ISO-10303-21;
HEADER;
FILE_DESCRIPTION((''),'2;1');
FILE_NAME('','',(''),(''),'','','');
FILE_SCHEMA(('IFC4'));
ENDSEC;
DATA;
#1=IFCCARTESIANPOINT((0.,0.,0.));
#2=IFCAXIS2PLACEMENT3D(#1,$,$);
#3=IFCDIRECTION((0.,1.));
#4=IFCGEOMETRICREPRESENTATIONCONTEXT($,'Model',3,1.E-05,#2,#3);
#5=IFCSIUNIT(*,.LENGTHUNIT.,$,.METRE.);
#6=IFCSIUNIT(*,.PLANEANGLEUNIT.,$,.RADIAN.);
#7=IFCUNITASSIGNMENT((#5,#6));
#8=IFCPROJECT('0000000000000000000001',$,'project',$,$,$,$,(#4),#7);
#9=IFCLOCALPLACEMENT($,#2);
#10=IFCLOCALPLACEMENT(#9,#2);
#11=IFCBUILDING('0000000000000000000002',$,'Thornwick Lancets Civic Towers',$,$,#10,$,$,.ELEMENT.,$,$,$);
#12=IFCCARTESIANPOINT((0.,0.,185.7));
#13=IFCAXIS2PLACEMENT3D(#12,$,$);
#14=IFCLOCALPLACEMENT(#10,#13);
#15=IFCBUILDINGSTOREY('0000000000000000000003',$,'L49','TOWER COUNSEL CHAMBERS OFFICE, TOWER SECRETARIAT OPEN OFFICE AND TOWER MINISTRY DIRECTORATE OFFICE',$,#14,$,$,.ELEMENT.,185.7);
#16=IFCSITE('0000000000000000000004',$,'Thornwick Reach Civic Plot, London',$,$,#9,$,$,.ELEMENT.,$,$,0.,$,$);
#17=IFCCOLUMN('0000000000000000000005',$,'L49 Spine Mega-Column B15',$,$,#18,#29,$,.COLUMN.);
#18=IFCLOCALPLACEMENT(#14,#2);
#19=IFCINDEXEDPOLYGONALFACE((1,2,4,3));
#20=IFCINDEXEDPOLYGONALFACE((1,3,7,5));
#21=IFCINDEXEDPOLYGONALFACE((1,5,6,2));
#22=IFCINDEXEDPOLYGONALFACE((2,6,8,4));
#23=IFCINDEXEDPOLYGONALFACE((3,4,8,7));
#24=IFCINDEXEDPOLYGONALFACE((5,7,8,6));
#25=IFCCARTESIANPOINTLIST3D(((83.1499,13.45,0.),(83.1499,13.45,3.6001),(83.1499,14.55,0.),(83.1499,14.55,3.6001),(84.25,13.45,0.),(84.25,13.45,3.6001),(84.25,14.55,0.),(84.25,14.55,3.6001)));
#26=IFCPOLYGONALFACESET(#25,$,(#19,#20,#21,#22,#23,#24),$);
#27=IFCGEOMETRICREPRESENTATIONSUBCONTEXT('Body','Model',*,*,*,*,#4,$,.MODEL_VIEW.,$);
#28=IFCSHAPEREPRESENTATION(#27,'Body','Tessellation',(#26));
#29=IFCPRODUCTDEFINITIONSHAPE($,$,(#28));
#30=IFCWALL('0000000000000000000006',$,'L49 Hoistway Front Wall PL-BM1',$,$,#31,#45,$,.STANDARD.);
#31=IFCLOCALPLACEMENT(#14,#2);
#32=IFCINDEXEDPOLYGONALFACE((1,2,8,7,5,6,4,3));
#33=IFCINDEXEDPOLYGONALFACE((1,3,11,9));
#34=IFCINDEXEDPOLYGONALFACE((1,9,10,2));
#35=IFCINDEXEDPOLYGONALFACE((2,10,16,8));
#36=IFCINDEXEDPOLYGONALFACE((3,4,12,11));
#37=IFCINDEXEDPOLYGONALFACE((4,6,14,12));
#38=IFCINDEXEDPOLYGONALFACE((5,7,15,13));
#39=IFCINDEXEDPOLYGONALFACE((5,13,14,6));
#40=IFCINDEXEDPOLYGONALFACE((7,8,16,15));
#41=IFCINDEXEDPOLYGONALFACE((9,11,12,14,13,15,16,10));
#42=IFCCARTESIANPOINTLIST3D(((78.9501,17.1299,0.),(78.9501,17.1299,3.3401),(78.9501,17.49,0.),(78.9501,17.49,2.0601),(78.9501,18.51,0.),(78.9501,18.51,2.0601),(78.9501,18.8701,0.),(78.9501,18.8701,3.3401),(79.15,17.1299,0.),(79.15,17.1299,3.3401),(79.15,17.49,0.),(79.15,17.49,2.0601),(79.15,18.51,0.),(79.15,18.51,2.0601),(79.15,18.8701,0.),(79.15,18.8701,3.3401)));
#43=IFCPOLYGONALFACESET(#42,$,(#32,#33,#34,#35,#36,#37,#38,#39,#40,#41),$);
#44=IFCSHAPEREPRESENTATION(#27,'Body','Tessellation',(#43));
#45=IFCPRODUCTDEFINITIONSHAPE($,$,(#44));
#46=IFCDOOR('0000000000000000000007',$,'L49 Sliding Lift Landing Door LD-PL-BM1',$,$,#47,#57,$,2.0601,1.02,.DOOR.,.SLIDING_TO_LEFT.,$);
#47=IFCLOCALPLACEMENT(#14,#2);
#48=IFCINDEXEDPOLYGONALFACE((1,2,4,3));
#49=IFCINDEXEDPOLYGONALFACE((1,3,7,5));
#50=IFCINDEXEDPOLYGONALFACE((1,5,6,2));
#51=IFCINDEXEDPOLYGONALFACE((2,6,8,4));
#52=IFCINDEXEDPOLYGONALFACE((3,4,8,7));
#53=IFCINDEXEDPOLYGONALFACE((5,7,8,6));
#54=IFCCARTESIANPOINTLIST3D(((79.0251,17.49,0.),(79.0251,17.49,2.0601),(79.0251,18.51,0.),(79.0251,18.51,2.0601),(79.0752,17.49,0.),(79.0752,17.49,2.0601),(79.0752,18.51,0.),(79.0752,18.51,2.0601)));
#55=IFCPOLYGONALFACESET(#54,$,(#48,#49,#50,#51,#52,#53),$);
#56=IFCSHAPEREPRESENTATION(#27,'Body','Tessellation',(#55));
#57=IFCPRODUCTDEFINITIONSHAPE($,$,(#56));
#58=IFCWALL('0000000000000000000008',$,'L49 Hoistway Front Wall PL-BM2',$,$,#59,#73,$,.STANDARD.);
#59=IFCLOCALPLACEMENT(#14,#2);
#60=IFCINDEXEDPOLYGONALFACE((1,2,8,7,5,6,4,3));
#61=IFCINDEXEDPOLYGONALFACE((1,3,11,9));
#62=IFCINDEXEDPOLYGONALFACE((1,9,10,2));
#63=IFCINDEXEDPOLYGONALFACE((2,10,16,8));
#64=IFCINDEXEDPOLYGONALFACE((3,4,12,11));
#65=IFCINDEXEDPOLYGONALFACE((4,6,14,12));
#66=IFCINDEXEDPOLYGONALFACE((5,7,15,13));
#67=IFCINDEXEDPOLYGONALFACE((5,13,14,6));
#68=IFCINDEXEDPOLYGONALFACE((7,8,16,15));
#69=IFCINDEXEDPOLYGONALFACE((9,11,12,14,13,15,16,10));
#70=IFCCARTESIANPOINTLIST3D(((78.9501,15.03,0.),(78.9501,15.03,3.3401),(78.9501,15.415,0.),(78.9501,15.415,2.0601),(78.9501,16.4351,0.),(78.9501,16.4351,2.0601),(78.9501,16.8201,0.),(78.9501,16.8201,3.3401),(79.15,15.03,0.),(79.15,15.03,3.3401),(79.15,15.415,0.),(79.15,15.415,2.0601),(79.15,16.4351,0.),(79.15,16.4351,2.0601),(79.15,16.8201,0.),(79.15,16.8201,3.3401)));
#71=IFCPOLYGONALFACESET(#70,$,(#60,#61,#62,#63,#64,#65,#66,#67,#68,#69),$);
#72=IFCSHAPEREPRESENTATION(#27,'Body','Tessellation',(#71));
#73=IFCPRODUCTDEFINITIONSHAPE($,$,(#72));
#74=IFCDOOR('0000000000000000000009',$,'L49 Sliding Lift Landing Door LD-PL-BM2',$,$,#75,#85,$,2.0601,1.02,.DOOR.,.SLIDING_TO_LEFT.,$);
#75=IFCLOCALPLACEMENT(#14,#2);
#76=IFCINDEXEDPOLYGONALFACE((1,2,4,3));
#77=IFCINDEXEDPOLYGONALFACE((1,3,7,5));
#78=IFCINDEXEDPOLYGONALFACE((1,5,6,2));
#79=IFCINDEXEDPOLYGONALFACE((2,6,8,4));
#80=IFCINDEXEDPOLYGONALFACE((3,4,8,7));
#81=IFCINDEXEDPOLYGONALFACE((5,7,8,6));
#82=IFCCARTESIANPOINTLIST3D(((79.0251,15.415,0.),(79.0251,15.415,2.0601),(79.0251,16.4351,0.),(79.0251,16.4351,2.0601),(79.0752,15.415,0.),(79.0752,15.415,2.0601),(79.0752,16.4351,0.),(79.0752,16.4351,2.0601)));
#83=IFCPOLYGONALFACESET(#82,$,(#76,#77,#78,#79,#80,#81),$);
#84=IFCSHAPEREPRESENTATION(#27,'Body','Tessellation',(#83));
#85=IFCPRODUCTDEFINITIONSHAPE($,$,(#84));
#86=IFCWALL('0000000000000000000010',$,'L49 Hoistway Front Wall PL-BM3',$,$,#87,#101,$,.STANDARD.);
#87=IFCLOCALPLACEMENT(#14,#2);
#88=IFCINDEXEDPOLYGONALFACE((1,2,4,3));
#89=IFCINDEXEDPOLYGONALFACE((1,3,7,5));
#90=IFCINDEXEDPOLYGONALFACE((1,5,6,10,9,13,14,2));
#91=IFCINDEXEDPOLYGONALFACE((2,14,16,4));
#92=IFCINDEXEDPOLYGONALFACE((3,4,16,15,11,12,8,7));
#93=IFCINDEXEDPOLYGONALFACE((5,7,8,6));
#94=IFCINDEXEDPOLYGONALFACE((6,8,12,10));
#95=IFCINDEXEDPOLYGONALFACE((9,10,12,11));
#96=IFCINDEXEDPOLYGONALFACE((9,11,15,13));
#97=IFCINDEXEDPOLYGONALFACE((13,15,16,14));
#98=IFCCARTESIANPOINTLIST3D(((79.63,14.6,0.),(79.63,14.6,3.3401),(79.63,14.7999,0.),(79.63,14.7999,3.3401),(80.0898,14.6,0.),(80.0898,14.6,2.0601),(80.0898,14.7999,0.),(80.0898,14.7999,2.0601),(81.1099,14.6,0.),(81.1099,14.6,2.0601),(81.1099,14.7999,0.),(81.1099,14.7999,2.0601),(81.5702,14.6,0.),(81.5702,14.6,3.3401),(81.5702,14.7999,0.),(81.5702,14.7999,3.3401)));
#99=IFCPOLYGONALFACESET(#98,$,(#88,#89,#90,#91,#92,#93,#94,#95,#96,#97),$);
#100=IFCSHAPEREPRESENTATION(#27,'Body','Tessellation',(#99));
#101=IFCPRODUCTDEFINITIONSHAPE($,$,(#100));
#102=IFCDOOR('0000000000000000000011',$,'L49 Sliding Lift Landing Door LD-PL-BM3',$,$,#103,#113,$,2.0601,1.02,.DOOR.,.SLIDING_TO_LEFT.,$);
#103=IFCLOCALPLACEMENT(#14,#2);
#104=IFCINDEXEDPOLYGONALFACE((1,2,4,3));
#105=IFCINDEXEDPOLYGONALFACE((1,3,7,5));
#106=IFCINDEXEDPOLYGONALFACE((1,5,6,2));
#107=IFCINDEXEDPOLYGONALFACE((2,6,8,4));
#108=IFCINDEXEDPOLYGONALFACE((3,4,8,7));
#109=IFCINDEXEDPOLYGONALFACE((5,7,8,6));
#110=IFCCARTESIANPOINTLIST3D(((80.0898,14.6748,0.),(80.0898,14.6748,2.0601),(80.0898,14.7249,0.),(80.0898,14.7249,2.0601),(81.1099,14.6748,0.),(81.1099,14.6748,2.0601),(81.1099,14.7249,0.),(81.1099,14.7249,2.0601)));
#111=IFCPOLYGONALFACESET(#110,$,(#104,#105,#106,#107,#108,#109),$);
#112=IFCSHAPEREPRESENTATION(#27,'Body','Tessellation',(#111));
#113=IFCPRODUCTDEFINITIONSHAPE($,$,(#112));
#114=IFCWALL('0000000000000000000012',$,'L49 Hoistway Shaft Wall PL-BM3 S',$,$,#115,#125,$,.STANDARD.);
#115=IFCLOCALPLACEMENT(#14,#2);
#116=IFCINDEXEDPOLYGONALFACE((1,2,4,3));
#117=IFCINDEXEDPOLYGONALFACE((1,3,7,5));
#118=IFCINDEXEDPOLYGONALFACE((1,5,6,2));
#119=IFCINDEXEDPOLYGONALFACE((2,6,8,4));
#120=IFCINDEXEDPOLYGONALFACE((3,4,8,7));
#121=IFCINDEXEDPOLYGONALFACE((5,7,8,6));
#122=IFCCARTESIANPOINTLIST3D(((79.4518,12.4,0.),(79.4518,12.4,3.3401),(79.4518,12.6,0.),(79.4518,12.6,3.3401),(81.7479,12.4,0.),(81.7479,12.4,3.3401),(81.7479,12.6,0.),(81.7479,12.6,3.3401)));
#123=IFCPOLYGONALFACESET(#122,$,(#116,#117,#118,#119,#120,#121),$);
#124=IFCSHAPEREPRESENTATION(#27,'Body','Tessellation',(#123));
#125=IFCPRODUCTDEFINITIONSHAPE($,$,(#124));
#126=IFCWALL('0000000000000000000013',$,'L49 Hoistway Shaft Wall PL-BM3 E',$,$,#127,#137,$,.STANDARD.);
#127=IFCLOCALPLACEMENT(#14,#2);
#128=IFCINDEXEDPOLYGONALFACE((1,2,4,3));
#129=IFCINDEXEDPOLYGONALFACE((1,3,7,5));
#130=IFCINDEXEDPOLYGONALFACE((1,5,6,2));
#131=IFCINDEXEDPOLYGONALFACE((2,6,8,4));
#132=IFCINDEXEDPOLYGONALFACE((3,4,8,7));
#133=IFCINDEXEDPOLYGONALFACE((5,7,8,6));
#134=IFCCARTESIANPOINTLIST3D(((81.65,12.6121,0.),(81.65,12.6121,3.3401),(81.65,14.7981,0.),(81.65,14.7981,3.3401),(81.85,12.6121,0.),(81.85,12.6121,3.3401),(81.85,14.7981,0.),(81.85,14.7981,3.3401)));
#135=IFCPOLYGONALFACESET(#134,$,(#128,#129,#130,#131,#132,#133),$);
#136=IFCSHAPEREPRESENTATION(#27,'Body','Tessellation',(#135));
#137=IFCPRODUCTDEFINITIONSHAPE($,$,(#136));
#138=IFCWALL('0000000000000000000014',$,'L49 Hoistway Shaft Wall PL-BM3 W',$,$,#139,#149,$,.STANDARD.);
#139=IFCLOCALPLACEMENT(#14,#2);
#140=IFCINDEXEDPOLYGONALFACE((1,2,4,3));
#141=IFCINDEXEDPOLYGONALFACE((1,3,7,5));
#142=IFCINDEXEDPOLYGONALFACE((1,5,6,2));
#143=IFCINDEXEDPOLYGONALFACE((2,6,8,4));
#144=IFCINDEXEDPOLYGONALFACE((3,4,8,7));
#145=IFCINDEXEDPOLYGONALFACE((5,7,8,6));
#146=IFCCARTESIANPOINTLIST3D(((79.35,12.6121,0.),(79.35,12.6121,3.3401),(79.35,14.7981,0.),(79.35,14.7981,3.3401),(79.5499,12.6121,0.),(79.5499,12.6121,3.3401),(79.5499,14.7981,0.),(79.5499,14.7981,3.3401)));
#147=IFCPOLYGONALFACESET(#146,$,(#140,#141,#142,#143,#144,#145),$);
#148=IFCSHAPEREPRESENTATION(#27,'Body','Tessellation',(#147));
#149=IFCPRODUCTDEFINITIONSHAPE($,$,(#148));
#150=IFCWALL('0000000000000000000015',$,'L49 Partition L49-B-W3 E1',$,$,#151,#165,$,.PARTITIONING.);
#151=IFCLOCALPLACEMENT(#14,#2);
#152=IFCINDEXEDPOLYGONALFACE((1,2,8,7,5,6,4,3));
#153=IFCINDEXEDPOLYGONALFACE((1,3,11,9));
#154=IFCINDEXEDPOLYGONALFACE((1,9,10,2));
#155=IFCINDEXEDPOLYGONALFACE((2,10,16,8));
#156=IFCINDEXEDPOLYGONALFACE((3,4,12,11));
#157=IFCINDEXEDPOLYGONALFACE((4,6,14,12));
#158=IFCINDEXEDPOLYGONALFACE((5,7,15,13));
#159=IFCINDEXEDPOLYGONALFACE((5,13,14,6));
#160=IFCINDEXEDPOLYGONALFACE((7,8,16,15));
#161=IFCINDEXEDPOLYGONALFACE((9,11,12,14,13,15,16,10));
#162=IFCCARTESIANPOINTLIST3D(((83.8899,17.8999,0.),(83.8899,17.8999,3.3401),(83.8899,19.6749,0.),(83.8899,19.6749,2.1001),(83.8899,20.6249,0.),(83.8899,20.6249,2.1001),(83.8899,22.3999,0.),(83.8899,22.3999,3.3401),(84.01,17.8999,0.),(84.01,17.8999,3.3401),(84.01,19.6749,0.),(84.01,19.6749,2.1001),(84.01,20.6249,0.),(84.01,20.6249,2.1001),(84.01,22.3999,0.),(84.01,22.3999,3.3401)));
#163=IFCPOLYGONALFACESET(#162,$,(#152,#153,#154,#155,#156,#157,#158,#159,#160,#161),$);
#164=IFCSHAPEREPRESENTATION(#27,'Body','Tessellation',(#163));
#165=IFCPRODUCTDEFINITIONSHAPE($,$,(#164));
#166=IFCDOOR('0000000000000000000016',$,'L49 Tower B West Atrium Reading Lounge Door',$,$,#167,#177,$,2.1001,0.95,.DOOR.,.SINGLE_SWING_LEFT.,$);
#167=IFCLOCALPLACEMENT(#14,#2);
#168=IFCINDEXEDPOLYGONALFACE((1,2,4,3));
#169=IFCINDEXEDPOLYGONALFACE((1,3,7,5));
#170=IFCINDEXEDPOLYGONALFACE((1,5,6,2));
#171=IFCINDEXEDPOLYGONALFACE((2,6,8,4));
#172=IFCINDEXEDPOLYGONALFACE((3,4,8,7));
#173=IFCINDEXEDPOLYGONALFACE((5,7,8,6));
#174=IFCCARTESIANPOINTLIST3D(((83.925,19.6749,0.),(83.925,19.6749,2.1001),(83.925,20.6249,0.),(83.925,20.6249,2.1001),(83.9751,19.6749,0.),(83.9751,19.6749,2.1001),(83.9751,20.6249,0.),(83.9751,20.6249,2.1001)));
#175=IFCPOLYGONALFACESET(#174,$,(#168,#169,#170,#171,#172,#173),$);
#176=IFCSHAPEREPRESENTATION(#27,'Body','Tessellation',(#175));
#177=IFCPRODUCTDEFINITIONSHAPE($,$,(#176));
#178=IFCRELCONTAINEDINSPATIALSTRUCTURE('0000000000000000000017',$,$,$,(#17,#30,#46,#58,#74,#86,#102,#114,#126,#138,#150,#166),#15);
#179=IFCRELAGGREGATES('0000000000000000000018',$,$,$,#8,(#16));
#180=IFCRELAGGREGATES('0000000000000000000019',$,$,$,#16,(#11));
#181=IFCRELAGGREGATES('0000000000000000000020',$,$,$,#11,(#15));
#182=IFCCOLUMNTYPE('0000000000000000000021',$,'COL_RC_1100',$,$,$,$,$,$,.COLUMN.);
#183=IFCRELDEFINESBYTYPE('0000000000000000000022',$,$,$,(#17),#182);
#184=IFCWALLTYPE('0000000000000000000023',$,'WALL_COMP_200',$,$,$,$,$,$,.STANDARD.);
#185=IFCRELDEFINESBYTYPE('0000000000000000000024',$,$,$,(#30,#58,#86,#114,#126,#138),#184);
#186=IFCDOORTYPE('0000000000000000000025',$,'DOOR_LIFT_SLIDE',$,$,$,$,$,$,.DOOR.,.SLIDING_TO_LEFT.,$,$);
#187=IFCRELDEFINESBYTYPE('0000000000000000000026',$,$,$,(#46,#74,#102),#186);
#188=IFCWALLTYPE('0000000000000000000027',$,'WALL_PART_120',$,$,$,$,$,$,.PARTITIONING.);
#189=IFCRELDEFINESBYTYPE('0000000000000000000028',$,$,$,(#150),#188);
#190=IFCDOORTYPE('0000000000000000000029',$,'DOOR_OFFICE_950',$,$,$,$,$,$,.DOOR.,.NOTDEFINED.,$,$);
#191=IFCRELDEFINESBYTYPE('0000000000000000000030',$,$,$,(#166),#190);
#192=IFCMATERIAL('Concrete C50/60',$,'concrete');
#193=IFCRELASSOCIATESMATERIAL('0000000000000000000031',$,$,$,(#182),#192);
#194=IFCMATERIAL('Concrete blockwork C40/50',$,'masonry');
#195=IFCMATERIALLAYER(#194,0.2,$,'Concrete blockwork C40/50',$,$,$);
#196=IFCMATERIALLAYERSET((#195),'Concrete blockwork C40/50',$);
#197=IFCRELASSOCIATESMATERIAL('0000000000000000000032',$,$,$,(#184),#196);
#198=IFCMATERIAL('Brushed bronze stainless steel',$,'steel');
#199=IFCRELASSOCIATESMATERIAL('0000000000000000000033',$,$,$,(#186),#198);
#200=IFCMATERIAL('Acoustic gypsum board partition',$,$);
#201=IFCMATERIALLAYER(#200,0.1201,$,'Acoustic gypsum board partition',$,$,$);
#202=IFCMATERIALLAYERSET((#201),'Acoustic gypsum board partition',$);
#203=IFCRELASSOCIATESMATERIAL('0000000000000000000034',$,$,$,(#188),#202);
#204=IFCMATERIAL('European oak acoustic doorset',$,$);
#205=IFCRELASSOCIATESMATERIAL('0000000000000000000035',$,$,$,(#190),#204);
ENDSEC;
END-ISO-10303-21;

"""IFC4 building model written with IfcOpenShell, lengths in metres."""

from ifc_helpers import new_model, si_unit, direction, frame, frame_2d, origin, origin_2d, place, context, subcontext, project, spatial, rectangle, extrude, material, layer, layer_set, material_profile, profile_set, type_object, element, fill, save


model = new_model("IFC4")

# Units and contexts
model_context = context("Model", 3, precision=1e-05, world=origin(), true_north=direction((0.0, 1.0)))
body_context = subcontext(model_context, "Body", "Model", "MODEL_VIEW")
ifc_project = project(units=[si_unit("LENGTHUNIT", "METRE"), si_unit("PLANEANGLEUNIT", "RADIAN")], contexts=[model_context])

# Site, building, storey
site_placement = place(None, origin())
site = spatial("IfcSite", under=ifc_project, at=site_placement, Name="Thornwick Reach Civic Plot, London", CompositionType="ELEMENT", RefElevation=0.0)
building_placement = place(site_placement, origin())
building = spatial("IfcBuilding", under=site, at=building_placement, Name="Thornwick Lancets Civic Towers", CompositionType="ELEMENT")
storey_placement = place(building_placement, frame((0.0, 0.0, 185.7)))
storey = spatial("IfcBuildingStorey", under=building, at=storey_placement, Name="L49", Description="TOWER COUNSEL CHAMBERS OFFICE, TOWER SECRETARIAT OPEN OFFICE AND TOWER MINISTRY DIRECTORATE OFFICE", CompositionType="ELEMENT", Elevation=185.7)

# Column
ifc_material_1 = material(Name="Concrete C50/60", Category="concrete")
ifc_material_profile = material_profile(ifc_material_1, rectangle(XDim=1.1001, YDim=1.1001, at=origin_2d()), Name="RC 1100x1100")
ifc_profile_set = profile_set([ifc_material_profile], Name="Concrete C50/60")
column_type = type_object("IfcColumnType", Name="COL_RC_1100", PredefinedType="COLUMN", material=ifc_profile_set)
column_placement = place(storey_placement, frame((83.7, 14.0, 0.0), z_axis=(0.0, 0.0, 1.0), x_axis=(1.0, 0.0, 0.0)))
element("IfcColumn", 1, at=column_placement, inside=storey, type_object=column_type, Name="L49 Spine Mega-Column B15", PredefinedType="COLUMN", context=body_context, shape_type="SweptSolid", body=[
    extrude(rectangle(XDim=1.1001, YDim=1.1001, at=origin_2d()), origin(), (0.0, 0.0, 1.0), 3.6001),
])

# Walls, openings, doors
ifc_material_2 = material(Name="Concrete blockwork C40/50", Category="masonry")
ifc_layer_1 = layer(ifc_material_2, 0.2, Name="Concrete blockwork C40/50")
ifc_layer_set_1 = layer_set([ifc_layer_1], Name="Concrete blockwork C40/50")
wall_type_1 = type_object("IfcWallType", Name="WALL_COMP_200", PredefinedType="STANDARD", material=ifc_layer_set_1)
wall_1_placement = place(storey_placement, frame((79.05, 17.1299, 0.0), z_axis=(0.0, 0.0, 1.0), x_axis=(0.0, 1.0, 0.0)))
wall_1 = element("IfcWall", 2, at=wall_1_placement, inside=storey, type_object=wall_type_1, Name="L49 Hoistway Front Wall PL-BM1", PredefinedType="STANDARD", context=body_context, shape_type="SweptSolid", body=[
    extrude(rectangle(XDim=1.7402, YDim=0.2, at=frame_2d((0.8701, 0.0))), origin(), (0.0, 0.0, 1.0), 3.3401),
])
opening_1_placement = place(wall_1_placement, frame((0.3601, 0.0, 0.0)))
opening_1 = element("IfcOpeningElement", 3, at=opening_1_placement, cuts=wall_1, PredefinedType="OPENING", context=body_context, shape_type="SweptSolid", body=[
    extrude(rectangle(XDim=1.02, YDim=2.0601, at=frame_2d((0.51, 1.03))), frame((0.0, 0.1099, 0.0), z_axis=(0.0, -1.0, 0.0), x_axis=(1.0, 0.0, 0.0)), (0.0, 0.0, 1.0), 0.22),
])
ifc_material_3 = material(Name="Brushed bronze stainless steel", Category="steel")
door_type_1 = type_object("IfcDoorType", Name="DOOR_LIFT_SLIDE", OperationType="SLIDING_TO_LEFT", PredefinedType="DOOR", material=ifc_material_3)
door_1_placement = place(opening_1_placement, origin())
door_1 = element("IfcDoor", 4, at=door_1_placement, inside=storey, type_object=door_type_1, Name="L49 Sliding Lift Landing Door LD-PL-BM1", OperationType="SLIDING_TO_LEFT", OverallHeight=2.0601, OverallWidth=1.02, PredefinedType="DOOR", context=body_context, shape_type="SweptSolid", body=[
    extrude(rectangle(XDim=1.02, YDim=2.0601, at=frame_2d((0.51, 1.03))), frame((0.0, 0.0249, 0.0), z_axis=(0.0, -1.0, 0.0), x_axis=(1.0, 0.0, 0.0)), (0.0, 0.0, 1.0), 0.05),
])
fill(opening_1, door_1)
wall_2_placement = place(storey_placement, frame((79.05, 15.03, 0.0), z_axis=(0.0, 0.0, 1.0), x_axis=(0.0, 1.0, 0.0)))
wall_2 = element("IfcWall", 5, at=wall_2_placement, inside=storey, type_object=wall_type_1, Name="L49 Hoistway Front Wall PL-BM2", PredefinedType="STANDARD", context=body_context, shape_type="SweptSolid", body=[
    extrude(rectangle(XDim=1.79, YDim=0.2, at=frame_2d((0.895, 0.0))), origin(), (0.0, 0.0, 1.0), 3.3401),
])
opening_2_placement = place(wall_2_placement, frame((0.385, 0.0, 0.0)))
opening_2 = element("IfcOpeningElement", 6, at=opening_2_placement, cuts=wall_2, PredefinedType="OPENING", context=body_context, shape_type="SweptSolid", body=[
    extrude(rectangle(XDim=1.02, YDim=2.0601, at=frame_2d((0.51, 1.03))), frame((0.0, 0.1099, 0.0), z_axis=(0.0, -1.0, 0.0), x_axis=(1.0, 0.0, 0.0)), (0.0, 0.0, 1.0), 0.22),
])
door_2_placement = place(opening_2_placement, origin())
door_2 = element("IfcDoor", 7, at=door_2_placement, inside=storey, type_object=door_type_1, Name="L49 Sliding Lift Landing Door LD-PL-BM2", OperationType="SLIDING_TO_LEFT", OverallHeight=2.0601, OverallWidth=1.02, PredefinedType="DOOR", context=body_context, shape_type="SweptSolid", body=[
    extrude(rectangle(XDim=1.02, YDim=2.0601, at=frame_2d((0.51, 1.03))), frame((0.0, 0.0249, 0.0), z_axis=(0.0, -1.0, 0.0), x_axis=(1.0, 0.0, 0.0)), (0.0, 0.0, 1.0), 0.05),
])
fill(opening_2, door_2)
wall_3_placement = place(storey_placement, frame((79.6299, 14.7, 0.0), z_axis=(0.0, 0.0, 1.0), x_axis=(1.0, 0.0, 0.0)))
wall_3 = element("IfcWall", 8, at=wall_3_placement, inside=storey, type_object=wall_type_1, Name="L49 Hoistway Front Wall PL-BM3", PredefinedType="STANDARD", context=body_context, shape_type="SweptSolid", body=[
    extrude(rectangle(XDim=1.9402, YDim=0.2, at=frame_2d((0.9702, 0.0))), origin(), (0.0, 0.0, 1.0), 3.3401),
])
opening_3_placement = place(wall_3_placement, frame((0.46, 0.0, 0.0)))
opening_3 = element("IfcOpeningElement", 9, at=opening_3_placement, cuts=wall_3, PredefinedType="OPENING", context=body_context, shape_type="SweptSolid", body=[
    extrude(rectangle(XDim=1.02, YDim=2.0601, at=frame_2d((0.51, 1.03))), frame((0.0, 0.1099, 0.0), z_axis=(0.0, -1.0, 0.0), x_axis=(1.0, 0.0, 0.0)), (0.0, 0.0, 1.0), 0.22),
])
door_3_placement = place(opening_3_placement, origin())
door_3 = element("IfcDoor", 10, at=door_3_placement, inside=storey, type_object=door_type_1, Name="L49 Sliding Lift Landing Door LD-PL-BM3", OperationType="SLIDING_TO_LEFT", OverallHeight=2.0601, OverallWidth=1.02, PredefinedType="DOOR", context=body_context, shape_type="SweptSolid", body=[
    extrude(rectangle(XDim=1.02, YDim=2.0601, at=frame_2d((0.51, 1.03))), frame((0.0, 0.0249, 0.0), z_axis=(0.0, -1.0, 0.0), x_axis=(1.0, 0.0, 0.0)), (0.0, 0.0, 1.0), 0.05),
])
fill(opening_3, door_3)

# Walls
wall_4_placement = place(storey_placement, frame((79.4519, 12.5, 0.0), z_axis=(0.0, 0.0, 1.0), x_axis=(1.0, 0.0, 0.0)))
element("IfcWall", 11, at=wall_4_placement, inside=storey, type_object=wall_type_1, Name="L49 Hoistway Shaft Wall PL-BM3 S", PredefinedType="STANDARD", context=body_context, shape_type="SweptSolid", body=[
    extrude(rectangle(XDim=2.2961, YDim=0.2, at=frame_2d((1.1479, 0.0))), origin(), (0.0, 0.0, 1.0), 3.3401),
])
for number, where, z_axis, x_axis, name in (
    (12, (81.75, 12.6121, 0.0), (0.0, 0.0, 1.0), (0.0, 1.0, 0.0), "L49 Hoistway Shaft Wall PL-BM3 E"),
    (13, (79.45, 12.6121, 0.0), (0.0, 0.0, 1.0), (0.0, 1.0, 0.0), "L49 Hoistway Shaft Wall PL-BM3 W"),
):
    element("IfcWall", number, at=place(storey_placement, frame(where, z_axis=z_axis, x_axis=x_axis)), inside=storey, type_object=wall_type_1, Name=name, PredefinedType="STANDARD", context=body_context, shape_type="SweptSolid", body=[
        extrude(rectangle(XDim=2.186, YDim=0.2, at=frame_2d((1.093, 0.0))), origin(), (0.0, 0.0, 1.0), 3.3401),
    ])

# Wall, opening, door
ifc_material_4 = material(Name="Acoustic gypsum board partition")
ifc_layer_2 = layer(ifc_material_4, 0.1201, Name="Acoustic gypsum board partition")
ifc_layer_set_2 = layer_set([ifc_layer_2], Name="Acoustic gypsum board partition")
wall_type_2 = type_object("IfcWallType", Name="WALL_PART_120", PredefinedType="PARTITIONING", material=ifc_layer_set_2)
wall_5_placement = place(storey_placement, frame((83.95, 17.8999, 0.0), z_axis=(0.0, 0.0, 1.0), x_axis=(0.0, 1.0, 0.0)))
wall_5 = element("IfcWall", 14, at=wall_5_placement, inside=storey, type_object=wall_type_2, Name="L49 Partition L49-B-W3 E1", PredefinedType="PARTITIONING", context=body_context, shape_type="SweptSolid", body=[
    extrude(rectangle(XDim=4.5, YDim=0.1201, at=frame_2d((2.25, 0.0))), origin(), (0.0, 0.0, 1.0), 3.3401),
])
opening_4_placement = place(wall_5_placement, frame((1.7749, 0.0, 0.0)))
opening_4 = element("IfcOpeningElement", 15, at=opening_4_placement, cuts=wall_5, PredefinedType="OPENING", context=body_context, shape_type="SweptSolid", body=[
    extrude(rectangle(XDim=0.95, YDim=2.1001, at=frame_2d((0.4751, 1.05))), frame((0.0, 0.0701, 0.0), z_axis=(0.0, -1.0, 0.0), x_axis=(1.0, 0.0, 0.0)), (0.0, 0.0, 1.0), 0.1401),
])
ifc_material_5 = material(Name="European oak acoustic doorset")
door_type_2 = type_object("IfcDoorType", Name="DOOR_OFFICE_950", OperationType="NOTDEFINED", PredefinedType="DOOR", material=ifc_material_5)
door_4_placement = place(opening_4_placement, origin())
door_4 = element("IfcDoor", 16, at=door_4_placement, inside=storey, type_object=door_type_2, Name="L49 Tower B West Atrium Reading Lounge Door", OperationType="SINGLE_SWING_LEFT", OverallHeight=2.1001, OverallWidth=0.95, PredefinedType="DOOR", context=body_context, shape_type="SweptSolid", body=[
    extrude(rectangle(XDim=0.95, YDim=2.1001, at=frame_2d((0.4751, 1.05))), frame((0.0, 0.0249, 0.0), z_axis=(0.0, -1.0, 0.0), x_axis=(1.0, 0.0, 0.0)), (0.0, 0.0, 1.0), 0.05),
])
fill(opening_4, door_4)

save(model, "model.ifc")
